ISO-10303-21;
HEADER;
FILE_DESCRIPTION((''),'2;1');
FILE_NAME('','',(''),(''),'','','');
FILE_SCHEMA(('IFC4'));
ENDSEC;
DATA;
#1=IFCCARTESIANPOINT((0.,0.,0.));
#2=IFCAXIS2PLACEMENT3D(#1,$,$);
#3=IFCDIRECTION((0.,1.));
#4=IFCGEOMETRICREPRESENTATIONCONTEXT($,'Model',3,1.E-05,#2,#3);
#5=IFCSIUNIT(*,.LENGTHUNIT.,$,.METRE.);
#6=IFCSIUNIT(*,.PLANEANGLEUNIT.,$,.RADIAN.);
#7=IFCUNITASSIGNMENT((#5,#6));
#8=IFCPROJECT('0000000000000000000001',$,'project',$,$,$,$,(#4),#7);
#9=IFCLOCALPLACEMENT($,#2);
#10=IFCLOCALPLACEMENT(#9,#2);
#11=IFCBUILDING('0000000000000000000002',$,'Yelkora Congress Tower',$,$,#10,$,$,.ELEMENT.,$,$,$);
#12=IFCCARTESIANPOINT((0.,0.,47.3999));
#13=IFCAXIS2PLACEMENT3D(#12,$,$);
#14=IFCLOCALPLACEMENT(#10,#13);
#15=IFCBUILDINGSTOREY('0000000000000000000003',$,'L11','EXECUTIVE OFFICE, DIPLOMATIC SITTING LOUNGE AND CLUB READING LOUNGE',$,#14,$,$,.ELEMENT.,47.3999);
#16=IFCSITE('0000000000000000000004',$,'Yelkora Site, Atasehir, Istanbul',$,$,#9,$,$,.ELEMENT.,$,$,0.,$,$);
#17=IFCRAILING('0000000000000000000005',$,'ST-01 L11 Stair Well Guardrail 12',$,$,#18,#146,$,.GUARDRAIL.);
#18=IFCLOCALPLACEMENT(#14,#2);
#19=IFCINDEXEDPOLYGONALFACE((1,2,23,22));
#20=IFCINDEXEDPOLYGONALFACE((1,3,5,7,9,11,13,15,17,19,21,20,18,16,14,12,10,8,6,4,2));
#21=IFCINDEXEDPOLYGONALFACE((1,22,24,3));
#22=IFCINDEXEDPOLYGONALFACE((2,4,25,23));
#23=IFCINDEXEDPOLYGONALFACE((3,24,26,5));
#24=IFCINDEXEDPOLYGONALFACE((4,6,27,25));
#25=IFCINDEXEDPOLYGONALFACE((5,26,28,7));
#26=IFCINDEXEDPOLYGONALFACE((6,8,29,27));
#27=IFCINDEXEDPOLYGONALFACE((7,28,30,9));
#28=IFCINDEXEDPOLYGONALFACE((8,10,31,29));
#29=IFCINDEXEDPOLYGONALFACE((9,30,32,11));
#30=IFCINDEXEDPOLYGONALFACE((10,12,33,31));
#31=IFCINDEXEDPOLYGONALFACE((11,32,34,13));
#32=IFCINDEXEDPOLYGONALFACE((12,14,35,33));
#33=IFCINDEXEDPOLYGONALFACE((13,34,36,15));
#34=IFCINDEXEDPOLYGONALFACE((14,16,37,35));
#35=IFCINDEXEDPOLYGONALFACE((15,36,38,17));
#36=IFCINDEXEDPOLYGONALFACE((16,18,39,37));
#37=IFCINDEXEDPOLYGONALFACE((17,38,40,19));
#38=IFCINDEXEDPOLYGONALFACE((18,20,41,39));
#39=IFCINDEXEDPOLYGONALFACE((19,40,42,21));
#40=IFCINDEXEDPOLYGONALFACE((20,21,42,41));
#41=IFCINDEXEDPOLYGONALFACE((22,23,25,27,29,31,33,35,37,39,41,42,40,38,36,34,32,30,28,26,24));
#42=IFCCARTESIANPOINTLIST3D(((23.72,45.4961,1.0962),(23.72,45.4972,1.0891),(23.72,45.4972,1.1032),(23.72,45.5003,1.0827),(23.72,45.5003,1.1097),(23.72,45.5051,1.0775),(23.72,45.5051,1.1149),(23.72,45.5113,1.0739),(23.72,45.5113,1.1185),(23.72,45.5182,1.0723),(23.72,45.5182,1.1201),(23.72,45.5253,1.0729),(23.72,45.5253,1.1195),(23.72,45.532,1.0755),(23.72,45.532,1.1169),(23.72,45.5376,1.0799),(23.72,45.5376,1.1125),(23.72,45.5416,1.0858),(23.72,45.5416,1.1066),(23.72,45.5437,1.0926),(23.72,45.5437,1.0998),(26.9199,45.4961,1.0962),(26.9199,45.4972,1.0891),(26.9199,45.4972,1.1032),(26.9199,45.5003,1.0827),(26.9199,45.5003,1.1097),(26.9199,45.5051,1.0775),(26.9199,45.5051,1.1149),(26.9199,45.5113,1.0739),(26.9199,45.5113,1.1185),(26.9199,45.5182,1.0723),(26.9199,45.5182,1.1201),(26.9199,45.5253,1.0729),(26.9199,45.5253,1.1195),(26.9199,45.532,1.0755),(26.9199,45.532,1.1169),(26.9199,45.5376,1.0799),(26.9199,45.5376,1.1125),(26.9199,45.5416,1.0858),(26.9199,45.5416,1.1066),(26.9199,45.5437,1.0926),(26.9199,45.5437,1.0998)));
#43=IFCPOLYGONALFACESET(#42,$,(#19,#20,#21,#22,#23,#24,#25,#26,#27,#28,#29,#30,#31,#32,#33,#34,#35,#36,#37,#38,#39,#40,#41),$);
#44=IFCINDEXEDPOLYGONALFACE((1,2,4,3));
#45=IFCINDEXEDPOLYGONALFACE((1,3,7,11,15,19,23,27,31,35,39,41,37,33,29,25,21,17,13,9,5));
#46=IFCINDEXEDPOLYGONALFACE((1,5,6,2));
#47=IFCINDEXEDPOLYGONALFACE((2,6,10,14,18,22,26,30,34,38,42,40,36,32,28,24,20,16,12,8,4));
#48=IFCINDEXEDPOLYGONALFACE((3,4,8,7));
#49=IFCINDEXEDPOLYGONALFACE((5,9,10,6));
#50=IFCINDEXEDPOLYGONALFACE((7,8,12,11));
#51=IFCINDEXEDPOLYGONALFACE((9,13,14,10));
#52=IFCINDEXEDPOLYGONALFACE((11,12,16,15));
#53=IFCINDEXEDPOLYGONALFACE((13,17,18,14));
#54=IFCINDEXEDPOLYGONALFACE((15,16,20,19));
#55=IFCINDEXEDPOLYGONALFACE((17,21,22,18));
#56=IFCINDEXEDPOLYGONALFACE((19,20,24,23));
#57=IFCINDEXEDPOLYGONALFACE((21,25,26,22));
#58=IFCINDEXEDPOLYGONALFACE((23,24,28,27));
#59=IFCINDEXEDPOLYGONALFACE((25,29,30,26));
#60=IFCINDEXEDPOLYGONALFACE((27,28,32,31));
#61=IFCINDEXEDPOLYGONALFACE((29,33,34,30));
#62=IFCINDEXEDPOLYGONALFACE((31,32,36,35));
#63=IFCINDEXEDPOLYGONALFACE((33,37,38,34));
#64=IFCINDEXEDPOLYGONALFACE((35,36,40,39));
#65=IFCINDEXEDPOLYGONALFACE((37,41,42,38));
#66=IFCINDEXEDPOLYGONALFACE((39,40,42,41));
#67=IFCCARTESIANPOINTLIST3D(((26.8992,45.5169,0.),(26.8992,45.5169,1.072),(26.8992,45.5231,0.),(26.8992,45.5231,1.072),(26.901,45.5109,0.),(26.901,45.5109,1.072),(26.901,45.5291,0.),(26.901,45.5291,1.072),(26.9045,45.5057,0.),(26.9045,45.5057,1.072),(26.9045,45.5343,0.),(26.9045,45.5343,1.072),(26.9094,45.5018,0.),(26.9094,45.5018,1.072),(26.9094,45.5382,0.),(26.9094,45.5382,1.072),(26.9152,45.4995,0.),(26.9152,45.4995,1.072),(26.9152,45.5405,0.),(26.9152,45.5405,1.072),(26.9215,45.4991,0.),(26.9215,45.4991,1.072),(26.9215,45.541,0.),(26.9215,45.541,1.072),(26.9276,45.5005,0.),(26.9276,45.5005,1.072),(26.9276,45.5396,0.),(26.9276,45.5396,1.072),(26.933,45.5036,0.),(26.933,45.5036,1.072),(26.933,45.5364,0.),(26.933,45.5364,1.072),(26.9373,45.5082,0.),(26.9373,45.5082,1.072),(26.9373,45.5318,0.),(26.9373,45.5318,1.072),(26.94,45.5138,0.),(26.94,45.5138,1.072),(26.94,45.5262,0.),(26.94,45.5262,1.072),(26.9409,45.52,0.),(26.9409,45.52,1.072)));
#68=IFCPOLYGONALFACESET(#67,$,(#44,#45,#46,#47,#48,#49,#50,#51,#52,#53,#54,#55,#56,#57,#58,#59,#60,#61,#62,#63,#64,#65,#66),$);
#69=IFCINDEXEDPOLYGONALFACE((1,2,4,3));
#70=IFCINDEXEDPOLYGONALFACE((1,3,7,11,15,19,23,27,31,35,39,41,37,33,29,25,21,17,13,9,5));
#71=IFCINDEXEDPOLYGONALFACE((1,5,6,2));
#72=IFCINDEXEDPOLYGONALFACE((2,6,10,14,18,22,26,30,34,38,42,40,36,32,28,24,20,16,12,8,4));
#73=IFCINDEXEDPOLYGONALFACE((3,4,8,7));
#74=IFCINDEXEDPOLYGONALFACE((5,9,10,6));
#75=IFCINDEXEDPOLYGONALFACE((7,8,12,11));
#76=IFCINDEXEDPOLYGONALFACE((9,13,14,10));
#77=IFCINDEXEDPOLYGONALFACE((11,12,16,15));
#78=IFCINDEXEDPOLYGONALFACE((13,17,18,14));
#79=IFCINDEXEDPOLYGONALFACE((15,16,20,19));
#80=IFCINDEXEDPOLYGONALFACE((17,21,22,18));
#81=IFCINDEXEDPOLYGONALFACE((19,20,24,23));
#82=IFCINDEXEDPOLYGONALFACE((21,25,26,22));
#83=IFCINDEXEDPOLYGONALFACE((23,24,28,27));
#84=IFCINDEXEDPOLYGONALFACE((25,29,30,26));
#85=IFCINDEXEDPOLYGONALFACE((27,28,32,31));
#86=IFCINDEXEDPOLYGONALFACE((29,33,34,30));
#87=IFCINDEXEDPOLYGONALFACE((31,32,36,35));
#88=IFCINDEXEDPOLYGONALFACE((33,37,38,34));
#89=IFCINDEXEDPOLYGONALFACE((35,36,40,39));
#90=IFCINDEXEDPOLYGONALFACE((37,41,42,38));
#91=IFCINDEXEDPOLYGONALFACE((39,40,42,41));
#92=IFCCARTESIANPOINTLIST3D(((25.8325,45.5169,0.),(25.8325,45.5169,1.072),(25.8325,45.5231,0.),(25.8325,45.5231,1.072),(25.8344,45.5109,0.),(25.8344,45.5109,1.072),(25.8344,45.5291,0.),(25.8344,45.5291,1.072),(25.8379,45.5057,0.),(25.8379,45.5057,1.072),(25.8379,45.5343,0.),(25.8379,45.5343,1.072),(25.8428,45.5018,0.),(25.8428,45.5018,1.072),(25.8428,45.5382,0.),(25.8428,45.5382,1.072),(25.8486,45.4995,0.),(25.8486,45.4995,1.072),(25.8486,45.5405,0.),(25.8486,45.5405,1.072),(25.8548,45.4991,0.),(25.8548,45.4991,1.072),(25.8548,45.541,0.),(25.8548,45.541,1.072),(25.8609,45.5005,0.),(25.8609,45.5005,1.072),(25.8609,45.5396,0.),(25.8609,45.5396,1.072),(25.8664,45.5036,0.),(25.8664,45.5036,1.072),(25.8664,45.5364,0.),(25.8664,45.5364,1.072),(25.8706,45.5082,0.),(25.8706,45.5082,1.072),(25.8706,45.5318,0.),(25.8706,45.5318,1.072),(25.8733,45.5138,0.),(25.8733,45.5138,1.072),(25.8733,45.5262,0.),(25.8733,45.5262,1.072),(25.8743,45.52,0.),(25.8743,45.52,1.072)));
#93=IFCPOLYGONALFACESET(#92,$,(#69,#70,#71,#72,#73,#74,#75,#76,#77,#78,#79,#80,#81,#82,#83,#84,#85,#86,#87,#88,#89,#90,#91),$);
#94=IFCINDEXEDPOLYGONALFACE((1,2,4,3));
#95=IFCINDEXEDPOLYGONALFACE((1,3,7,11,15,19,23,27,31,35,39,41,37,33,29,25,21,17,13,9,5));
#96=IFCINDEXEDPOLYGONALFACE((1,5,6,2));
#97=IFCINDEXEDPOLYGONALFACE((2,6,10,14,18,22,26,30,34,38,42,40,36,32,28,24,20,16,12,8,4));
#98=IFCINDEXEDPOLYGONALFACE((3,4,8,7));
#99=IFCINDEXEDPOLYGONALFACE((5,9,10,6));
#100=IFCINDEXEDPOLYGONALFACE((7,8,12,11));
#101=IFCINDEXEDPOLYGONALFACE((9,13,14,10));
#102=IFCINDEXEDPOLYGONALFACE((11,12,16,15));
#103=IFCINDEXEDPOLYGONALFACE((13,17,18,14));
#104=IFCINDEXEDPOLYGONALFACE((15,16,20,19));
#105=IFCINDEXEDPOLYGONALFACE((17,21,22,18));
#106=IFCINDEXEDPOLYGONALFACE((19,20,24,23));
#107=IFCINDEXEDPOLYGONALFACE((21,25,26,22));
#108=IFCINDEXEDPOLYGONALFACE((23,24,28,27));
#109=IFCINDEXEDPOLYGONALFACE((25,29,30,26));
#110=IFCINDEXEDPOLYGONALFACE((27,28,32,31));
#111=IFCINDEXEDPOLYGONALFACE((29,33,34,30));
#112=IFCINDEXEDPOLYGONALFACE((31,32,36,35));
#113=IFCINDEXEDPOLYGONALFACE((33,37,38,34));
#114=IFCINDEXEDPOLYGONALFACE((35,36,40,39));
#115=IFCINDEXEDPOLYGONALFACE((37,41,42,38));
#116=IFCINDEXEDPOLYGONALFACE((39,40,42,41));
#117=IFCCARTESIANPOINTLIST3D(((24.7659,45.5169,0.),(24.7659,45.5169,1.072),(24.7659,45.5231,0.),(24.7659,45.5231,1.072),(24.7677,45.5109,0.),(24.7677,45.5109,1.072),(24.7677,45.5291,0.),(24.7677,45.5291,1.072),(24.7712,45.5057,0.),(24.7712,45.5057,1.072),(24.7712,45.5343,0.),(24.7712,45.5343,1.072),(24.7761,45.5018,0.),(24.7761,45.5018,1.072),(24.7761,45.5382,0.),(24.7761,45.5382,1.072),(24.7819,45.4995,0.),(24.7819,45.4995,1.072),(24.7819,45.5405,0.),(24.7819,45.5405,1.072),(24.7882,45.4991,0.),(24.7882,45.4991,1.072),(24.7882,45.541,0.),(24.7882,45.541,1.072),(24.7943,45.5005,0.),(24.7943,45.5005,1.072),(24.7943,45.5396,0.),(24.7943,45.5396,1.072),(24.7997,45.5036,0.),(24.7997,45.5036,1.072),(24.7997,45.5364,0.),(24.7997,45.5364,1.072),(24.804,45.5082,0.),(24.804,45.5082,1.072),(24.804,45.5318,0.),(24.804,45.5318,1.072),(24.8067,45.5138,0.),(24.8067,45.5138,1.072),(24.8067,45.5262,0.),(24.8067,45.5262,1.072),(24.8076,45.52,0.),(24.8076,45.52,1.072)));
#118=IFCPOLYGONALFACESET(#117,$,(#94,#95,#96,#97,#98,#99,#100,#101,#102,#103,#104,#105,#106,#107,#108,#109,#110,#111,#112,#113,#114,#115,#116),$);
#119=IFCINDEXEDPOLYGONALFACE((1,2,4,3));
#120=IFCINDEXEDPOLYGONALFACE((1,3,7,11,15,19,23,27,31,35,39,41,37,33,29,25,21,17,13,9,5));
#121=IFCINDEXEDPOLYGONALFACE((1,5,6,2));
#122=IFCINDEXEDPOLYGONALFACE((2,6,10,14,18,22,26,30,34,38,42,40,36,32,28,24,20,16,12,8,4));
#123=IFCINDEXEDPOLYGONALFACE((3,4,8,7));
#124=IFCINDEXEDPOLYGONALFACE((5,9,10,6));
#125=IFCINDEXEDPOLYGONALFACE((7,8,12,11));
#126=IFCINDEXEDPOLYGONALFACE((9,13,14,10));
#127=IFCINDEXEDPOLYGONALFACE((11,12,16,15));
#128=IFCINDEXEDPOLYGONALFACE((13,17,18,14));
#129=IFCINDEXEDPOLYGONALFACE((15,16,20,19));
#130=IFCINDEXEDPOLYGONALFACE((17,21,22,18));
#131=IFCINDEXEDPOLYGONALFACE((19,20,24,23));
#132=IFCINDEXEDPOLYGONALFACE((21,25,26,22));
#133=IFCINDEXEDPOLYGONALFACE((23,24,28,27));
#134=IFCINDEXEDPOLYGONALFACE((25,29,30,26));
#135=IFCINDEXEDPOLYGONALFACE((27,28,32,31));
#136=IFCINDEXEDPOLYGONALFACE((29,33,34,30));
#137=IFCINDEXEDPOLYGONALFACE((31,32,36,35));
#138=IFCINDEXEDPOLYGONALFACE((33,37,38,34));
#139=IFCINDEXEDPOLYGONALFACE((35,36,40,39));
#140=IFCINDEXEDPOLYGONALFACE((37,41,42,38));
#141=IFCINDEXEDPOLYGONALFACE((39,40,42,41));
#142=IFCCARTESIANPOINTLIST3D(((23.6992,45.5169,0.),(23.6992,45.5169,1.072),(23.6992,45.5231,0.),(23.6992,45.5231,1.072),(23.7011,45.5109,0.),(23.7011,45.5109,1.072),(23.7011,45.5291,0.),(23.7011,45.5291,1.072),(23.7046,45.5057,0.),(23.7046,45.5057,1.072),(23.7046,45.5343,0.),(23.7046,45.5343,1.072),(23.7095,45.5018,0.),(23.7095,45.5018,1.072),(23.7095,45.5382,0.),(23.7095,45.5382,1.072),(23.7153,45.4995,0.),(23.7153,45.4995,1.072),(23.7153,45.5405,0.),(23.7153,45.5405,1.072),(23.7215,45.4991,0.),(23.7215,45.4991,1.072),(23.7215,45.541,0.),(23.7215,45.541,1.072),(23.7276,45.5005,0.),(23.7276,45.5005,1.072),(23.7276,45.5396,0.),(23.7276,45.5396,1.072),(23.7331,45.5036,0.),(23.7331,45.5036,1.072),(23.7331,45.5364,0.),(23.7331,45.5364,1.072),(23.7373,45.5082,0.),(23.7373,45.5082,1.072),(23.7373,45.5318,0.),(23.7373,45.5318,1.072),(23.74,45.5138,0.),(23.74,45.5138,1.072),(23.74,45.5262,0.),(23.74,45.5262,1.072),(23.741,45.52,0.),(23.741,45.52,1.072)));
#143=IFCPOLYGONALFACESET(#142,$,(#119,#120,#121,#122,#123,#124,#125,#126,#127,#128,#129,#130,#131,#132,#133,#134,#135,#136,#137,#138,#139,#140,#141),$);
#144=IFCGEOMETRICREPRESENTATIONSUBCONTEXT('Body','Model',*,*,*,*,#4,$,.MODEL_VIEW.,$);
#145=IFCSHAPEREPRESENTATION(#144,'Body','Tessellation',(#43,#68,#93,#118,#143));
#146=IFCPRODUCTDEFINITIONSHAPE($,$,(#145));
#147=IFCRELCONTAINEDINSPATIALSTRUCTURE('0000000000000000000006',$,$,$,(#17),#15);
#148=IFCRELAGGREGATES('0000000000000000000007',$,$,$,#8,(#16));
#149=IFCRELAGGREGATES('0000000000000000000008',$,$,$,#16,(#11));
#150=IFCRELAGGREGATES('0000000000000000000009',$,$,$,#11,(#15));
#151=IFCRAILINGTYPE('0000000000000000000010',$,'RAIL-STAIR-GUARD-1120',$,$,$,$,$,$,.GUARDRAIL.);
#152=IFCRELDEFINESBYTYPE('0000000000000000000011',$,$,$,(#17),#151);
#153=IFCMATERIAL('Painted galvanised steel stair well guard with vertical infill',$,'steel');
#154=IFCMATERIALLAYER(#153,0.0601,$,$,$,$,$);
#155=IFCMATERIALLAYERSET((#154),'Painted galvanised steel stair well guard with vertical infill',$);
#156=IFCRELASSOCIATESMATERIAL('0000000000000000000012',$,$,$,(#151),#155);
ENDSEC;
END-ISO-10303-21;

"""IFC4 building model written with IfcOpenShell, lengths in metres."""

from ifc_helpers import new_model, si_unit, direction, frame, origin, origin_2d, place, context, subcontext, project, spatial, circle, extrude, material, layer, layer_set, type_object, element, save


model = new_model("IFC4")

# Units and contexts
model_context = context("Model", 3, precision=1e-05, world=origin(), true_north=direction((0.0, 1.0)))
body_context = subcontext(model_context, "Body", "Model", "MODEL_VIEW")
ifc_project = project(units=[si_unit("LENGTHUNIT", "METRE"), si_unit("PLANEANGLEUNIT", "RADIAN")], contexts=[model_context])

# Site, building, storey
site_placement = place(None, origin())
site = spatial("IfcSite", under=ifc_project, at=site_placement, Name="Yelkora Site, Atasehir, Istanbul", CompositionType="ELEMENT", RefElevation=0.0)
building_placement = place(site_placement, origin())
building = spatial("IfcBuilding", under=site, at=building_placement, Name="Yelkora Congress Tower", CompositionType="ELEMENT")
storey_placement = place(building_placement, frame((0.0, 0.0, 47.3999)))
storey = spatial("IfcBuildingStorey", under=building, at=storey_placement, Name="L11", Description="EXECUTIVE OFFICE, DIPLOMATIC SITTING LOUNGE AND CLUB READING LOUNGE", CompositionType="ELEMENT", Elevation=47.3999)

# Railing
ifc_material_1 = material(Name="Painted galvanised steel stair well guard with vertical infill", Category="steel")
ifc_layer_1 = layer(ifc_material_1, 0.0601)
ifc_layer_set_1 = layer_set([ifc_layer_1], Name="Painted galvanised steel stair well guard with vertical infill")
railing_type_1 = type_object("IfcRailingType", Name="RAIL-STAIR-GUARD-1120", PredefinedType="GUARDRAIL", material=ifc_layer_set_1)
railing_1_placement = place(storey_placement, frame((26.9199, 45.52, 0.0)))
element("IfcRailing", 1, at=railing_1_placement, inside=storey, type_object=railing_type_1, Name="ST-01 L11 Stair Well Guardrail 12", PredefinedType="GUARDRAIL", context=body_context, shape_type="SweptSolid", body=[
    extrude(circle(Radius=0.0239, at=origin_2d()), frame((0.0, 0.0, 1.0962), z_axis=(-1.0, 0.0, 0.0), x_axis=(0.0, -1.0, 0.0)), (0.0, 0.0, 1.0), 3.2),
    extrude(circle(Radius=0.021, at=origin_2d()), origin(), (0.0, 0.0, 1.0), 1.072),
    extrude(circle(Radius=0.021, at=origin_2d()), frame((-1.0667, 0.0, 0.0)), (0.0, 0.0, 1.0), 1.072),
    extrude(circle(Radius=0.021, at=origin_2d()), frame((-2.1333, 0.0, 0.0)), (0.0, 0.0, 1.0), 1.072),
    extrude(circle(Radius=0.021, at=origin_2d()), frame((-3.2, 0.0, 0.0)), (0.0, 0.0, 1.0), 1.072),
])

save(model, "model.ifc")
